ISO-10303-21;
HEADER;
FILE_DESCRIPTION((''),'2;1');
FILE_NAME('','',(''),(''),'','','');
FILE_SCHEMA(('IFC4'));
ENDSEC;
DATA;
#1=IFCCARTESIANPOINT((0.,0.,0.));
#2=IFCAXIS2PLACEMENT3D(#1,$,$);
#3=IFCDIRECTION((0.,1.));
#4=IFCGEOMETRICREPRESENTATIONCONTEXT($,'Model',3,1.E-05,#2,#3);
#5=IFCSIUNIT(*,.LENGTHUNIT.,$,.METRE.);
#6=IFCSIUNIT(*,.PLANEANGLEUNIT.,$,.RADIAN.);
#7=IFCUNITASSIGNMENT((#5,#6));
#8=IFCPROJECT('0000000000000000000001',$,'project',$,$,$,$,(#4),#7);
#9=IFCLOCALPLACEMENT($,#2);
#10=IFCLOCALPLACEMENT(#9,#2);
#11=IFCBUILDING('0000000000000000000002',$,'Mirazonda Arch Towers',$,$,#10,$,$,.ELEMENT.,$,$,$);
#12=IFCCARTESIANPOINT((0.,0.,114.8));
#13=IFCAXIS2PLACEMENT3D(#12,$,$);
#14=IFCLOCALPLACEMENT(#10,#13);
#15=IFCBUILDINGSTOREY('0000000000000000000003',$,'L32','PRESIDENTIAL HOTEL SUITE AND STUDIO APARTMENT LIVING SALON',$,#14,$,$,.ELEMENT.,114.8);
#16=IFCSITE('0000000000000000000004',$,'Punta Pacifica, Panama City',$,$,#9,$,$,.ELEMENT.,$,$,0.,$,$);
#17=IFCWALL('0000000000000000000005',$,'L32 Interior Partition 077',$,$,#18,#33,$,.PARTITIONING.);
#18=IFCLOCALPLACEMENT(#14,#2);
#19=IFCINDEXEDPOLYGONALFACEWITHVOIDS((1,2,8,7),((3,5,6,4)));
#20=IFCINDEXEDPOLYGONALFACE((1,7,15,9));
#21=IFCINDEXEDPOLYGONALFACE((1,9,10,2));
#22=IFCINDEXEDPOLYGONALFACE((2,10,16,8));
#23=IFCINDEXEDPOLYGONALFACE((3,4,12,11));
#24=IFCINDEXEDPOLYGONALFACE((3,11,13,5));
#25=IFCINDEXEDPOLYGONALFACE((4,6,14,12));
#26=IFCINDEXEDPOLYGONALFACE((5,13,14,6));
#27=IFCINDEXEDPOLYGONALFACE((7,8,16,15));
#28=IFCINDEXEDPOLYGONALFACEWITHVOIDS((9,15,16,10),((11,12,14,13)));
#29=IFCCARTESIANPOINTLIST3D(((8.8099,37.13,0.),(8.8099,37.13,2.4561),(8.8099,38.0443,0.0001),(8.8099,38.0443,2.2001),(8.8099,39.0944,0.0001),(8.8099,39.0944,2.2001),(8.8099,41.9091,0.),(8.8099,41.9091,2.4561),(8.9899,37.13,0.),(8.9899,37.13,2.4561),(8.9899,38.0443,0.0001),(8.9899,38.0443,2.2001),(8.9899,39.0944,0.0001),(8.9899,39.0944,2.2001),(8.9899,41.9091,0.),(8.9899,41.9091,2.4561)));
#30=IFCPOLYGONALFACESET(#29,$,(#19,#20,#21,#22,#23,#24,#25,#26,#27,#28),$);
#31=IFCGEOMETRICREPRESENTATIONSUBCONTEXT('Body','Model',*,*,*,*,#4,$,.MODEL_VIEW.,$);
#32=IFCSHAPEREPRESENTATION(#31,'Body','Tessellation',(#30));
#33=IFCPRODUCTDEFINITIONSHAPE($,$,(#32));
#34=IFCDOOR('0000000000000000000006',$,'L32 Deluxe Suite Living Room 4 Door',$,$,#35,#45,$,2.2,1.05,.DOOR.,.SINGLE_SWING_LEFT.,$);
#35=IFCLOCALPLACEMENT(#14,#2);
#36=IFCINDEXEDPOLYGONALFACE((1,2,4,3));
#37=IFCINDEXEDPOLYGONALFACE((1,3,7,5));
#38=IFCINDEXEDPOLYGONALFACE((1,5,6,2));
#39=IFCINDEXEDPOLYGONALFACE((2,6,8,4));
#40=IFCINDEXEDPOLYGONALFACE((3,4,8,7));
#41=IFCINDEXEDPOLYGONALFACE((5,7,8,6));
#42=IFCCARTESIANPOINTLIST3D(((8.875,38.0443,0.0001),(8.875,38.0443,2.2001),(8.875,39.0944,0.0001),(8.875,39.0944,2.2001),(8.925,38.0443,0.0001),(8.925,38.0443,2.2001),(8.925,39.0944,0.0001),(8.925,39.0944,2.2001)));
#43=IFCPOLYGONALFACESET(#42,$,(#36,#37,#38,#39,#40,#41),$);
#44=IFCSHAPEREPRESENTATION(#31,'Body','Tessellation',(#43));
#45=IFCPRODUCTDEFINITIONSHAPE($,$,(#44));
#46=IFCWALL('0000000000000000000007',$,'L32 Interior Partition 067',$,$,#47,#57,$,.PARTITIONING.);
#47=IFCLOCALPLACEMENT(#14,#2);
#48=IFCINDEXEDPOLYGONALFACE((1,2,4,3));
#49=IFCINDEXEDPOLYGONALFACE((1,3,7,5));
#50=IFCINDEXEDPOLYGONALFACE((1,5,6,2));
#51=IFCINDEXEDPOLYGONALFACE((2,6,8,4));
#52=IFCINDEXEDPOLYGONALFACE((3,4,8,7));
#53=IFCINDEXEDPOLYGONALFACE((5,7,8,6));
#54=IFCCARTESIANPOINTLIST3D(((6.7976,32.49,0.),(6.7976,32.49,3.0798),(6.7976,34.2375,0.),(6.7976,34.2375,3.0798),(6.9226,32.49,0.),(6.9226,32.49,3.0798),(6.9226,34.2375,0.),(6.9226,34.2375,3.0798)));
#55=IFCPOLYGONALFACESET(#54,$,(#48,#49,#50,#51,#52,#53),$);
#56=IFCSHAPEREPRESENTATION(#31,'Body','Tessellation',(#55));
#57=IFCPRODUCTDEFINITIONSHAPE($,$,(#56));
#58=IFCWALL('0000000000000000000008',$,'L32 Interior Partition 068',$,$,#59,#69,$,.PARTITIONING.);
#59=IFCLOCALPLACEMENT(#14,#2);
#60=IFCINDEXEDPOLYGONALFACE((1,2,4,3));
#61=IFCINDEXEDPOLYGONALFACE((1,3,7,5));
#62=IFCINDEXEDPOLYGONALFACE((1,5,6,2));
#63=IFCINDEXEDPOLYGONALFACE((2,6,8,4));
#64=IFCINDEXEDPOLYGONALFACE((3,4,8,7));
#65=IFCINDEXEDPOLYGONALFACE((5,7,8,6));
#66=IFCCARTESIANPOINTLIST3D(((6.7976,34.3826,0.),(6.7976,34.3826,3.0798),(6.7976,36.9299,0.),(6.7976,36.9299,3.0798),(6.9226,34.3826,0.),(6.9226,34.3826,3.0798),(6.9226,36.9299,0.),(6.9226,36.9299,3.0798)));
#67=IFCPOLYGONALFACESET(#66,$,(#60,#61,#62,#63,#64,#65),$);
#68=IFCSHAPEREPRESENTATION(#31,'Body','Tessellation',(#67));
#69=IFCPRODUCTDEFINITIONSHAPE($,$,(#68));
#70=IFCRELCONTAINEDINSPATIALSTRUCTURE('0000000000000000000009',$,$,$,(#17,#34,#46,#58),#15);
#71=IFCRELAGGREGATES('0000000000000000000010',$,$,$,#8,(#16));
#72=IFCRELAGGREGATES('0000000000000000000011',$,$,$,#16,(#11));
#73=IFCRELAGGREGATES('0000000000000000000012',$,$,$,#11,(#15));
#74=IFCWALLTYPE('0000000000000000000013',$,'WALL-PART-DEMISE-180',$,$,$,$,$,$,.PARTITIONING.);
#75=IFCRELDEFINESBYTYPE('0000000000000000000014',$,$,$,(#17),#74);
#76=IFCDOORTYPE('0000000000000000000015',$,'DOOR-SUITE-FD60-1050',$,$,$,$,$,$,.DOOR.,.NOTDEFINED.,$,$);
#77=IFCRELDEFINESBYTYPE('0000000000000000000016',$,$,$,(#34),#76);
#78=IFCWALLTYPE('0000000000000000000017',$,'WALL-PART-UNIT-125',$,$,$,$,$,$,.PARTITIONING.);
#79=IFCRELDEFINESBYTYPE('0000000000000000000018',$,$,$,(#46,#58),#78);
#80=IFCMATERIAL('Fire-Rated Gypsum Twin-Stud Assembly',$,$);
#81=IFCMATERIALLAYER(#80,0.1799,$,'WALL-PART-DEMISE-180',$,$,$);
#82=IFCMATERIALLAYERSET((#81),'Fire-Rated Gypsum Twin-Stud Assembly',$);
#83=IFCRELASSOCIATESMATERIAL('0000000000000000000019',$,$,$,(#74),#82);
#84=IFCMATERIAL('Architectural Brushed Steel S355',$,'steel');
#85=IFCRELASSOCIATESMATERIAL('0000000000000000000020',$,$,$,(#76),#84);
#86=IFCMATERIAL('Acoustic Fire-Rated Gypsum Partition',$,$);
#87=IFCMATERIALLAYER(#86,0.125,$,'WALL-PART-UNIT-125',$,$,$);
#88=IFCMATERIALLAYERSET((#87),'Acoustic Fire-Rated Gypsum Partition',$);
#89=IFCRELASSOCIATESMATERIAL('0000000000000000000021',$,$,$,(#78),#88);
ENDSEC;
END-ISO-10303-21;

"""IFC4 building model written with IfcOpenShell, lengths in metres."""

from ifc_helpers import new_model, si_unit, direction, frame, frame_2d, origin, place, context, subcontext, project, spatial, rectangle, extrude, material, layer, layer_set, type_object, element, fill, save


model = new_model("IFC4")

# Units and contexts
model_context = context("Model", 3, precision=1e-05, world=origin(), true_north=direction((0.0, 1.0)))
body_context = subcontext(model_context, "Body", "Model", "MODEL_VIEW")
ifc_project = project(units=[si_unit("LENGTHUNIT", "METRE"), si_unit("PLANEANGLEUNIT", "RADIAN")], contexts=[model_context])

# Site, building, storey
site_placement = place(None, origin())
site = spatial("IfcSite", under=ifc_project, at=site_placement, Name="Punta Pacifica, Panama City", CompositionType="ELEMENT", RefElevation=0.0)
building_placement = place(site_placement, origin())
building = spatial("IfcBuilding", under=site, at=building_placement, Name="Mirazonda Arch Towers", CompositionType="ELEMENT")
storey_placement = place(building_placement, frame((0.0, 0.0, 114.8)))
storey = spatial("IfcBuildingStorey", under=building, at=storey_placement, Name="L32", Description="PRESIDENTIAL HOTEL SUITE AND STUDIO APARTMENT LIVING SALON", CompositionType="ELEMENT", Elevation=114.8)

# Shared definitions
ifc_material_1 = material(Name="Architectural Brushed Steel S355", Category="steel")

# Shared definitions
ifc_material_2 = material(Name="Fire-Rated Gypsum Twin-Stud Assembly")
ifc_layer_1 = layer(ifc_material_2, 0.1799, Name="WALL-PART-DEMISE-180")
ifc_layer_set_1 = layer_set([ifc_layer_1], Name="Fire-Rated Gypsum Twin-Stud Assembly")
wall_type_1 = type_object("IfcWallType", Name="WALL-PART-DEMISE-180", PredefinedType="PARTITIONING", material=ifc_layer_set_1)

# Shared definitions
door_type_1 = type_object("IfcDoorType", Name="DOOR-SUITE-FD60-1050", OperationType="NOTDEFINED", PredefinedType="DOOR", material=ifc_material_1)

# Wall, opening, door
wall_1_placement = place(storey_placement, frame((8.8999, 37.1299, 0.0), z_axis=(0.0, 0.0, 1.0), x_axis=(0.0, 1.0, 0.0)))
wall_1 = element("IfcWall", 1, at=wall_1_placement, inside=storey, type_object=wall_type_1, Name="L32 Interior Partition 077", PredefinedType="PARTITIONING", context=body_context, shape_type="SweptSolid", body=[
    extrude(rectangle(XDim=4.7791, YDim=0.1799, at=frame_2d((2.3896, 0.0))), origin(), (0.0, 0.0, 1.0), 2.4561),
])
opening_1_placement = place(wall_1_placement, frame((0.9146, 0.0, 0.0)))
opening_1 = element("IfcOpeningElement", 2, at=opening_1_placement, cuts=wall_1, PredefinedType="OPENING", context=body_context, shape_type="SweptSolid", body=[
    extrude(rectangle(XDim=1.05, YDim=2.2, at=frame_2d((0.5249, 1.1001))), frame((0.0, 0.0999, 0.0), z_axis=(0.0, -1.0, 0.0), x_axis=(1.0, 0.0, 0.0)), (0.0, 0.0, 1.0), 0.2),
])
door_1_placement = place(opening_1_placement, origin())
door_1 = element("IfcDoor", 3, at=door_1_placement, inside=storey, type_object=door_type_1, Name="L32 Deluxe Suite Living Room 4 Door", OperationType="SINGLE_SWING_LEFT", OverallHeight=2.2, OverallWidth=1.05, PredefinedType="DOOR", context=body_context, shape_type="SweptSolid", body=[
    extrude(rectangle(XDim=1.05, YDim=2.2, at=frame_2d((0.5249, 1.1001))), frame((0.0, 0.0249, 0.0), z_axis=(0.0, -1.0, 0.0), x_axis=(1.0, 0.0, 0.0)), (0.0, 0.0, 1.0), 0.05),
])
fill(opening_1, door_1)

# Walls
ifc_material_3 = material(Name="Acoustic Fire-Rated Gypsum Partition")
ifc_layer_2 = layer(ifc_material_3, 0.125, Name="WALL-PART-UNIT-125")
ifc_layer_set_2 = layer_set([ifc_layer_2], Name="Acoustic Fire-Rated Gypsum Partition")
wall_type_2 = type_object("IfcWallType", Name="WALL-PART-UNIT-125", PredefinedType="PARTITIONING", material=ifc_layer_set_2)
wall_2_placement = place(storey_placement, frame((6.8601, 32.49, 0.0), z_axis=(0.0, 0.0, 1.0), x_axis=(0.0, 1.0, 0.0)))
element("IfcWall", 4, at=wall_2_placement, inside=storey, type_object=wall_type_2, Name="L32 Interior Partition 067", PredefinedType="PARTITIONING", context=body_context, shape_type="SweptSolid", body=[
    extrude(rectangle(XDim=1.7476, YDim=0.125, at=frame_2d((0.8738, 0.0))), origin(), (0.0, 0.0, 1.0), 3.0798),
])
wall_3_placement = place(storey_placement, frame((6.8601, 34.3826, 0.0), z_axis=(0.0, 0.0, 1.0), x_axis=(0.0, 1.0, 0.0)))
element("IfcWall", 5, at=wall_3_placement, inside=storey, type_object=wall_type_2, Name="L32 Interior Partition 068", PredefinedType="PARTITIONING", context=body_context, shape_type="SweptSolid", body=[
    extrude(rectangle(XDim=2.5474, YDim=0.125, at=frame_2d((1.2737, 0.0))), origin(), (0.0, 0.0, 1.0), 3.0798),
])

save(model, "model.ifc")
